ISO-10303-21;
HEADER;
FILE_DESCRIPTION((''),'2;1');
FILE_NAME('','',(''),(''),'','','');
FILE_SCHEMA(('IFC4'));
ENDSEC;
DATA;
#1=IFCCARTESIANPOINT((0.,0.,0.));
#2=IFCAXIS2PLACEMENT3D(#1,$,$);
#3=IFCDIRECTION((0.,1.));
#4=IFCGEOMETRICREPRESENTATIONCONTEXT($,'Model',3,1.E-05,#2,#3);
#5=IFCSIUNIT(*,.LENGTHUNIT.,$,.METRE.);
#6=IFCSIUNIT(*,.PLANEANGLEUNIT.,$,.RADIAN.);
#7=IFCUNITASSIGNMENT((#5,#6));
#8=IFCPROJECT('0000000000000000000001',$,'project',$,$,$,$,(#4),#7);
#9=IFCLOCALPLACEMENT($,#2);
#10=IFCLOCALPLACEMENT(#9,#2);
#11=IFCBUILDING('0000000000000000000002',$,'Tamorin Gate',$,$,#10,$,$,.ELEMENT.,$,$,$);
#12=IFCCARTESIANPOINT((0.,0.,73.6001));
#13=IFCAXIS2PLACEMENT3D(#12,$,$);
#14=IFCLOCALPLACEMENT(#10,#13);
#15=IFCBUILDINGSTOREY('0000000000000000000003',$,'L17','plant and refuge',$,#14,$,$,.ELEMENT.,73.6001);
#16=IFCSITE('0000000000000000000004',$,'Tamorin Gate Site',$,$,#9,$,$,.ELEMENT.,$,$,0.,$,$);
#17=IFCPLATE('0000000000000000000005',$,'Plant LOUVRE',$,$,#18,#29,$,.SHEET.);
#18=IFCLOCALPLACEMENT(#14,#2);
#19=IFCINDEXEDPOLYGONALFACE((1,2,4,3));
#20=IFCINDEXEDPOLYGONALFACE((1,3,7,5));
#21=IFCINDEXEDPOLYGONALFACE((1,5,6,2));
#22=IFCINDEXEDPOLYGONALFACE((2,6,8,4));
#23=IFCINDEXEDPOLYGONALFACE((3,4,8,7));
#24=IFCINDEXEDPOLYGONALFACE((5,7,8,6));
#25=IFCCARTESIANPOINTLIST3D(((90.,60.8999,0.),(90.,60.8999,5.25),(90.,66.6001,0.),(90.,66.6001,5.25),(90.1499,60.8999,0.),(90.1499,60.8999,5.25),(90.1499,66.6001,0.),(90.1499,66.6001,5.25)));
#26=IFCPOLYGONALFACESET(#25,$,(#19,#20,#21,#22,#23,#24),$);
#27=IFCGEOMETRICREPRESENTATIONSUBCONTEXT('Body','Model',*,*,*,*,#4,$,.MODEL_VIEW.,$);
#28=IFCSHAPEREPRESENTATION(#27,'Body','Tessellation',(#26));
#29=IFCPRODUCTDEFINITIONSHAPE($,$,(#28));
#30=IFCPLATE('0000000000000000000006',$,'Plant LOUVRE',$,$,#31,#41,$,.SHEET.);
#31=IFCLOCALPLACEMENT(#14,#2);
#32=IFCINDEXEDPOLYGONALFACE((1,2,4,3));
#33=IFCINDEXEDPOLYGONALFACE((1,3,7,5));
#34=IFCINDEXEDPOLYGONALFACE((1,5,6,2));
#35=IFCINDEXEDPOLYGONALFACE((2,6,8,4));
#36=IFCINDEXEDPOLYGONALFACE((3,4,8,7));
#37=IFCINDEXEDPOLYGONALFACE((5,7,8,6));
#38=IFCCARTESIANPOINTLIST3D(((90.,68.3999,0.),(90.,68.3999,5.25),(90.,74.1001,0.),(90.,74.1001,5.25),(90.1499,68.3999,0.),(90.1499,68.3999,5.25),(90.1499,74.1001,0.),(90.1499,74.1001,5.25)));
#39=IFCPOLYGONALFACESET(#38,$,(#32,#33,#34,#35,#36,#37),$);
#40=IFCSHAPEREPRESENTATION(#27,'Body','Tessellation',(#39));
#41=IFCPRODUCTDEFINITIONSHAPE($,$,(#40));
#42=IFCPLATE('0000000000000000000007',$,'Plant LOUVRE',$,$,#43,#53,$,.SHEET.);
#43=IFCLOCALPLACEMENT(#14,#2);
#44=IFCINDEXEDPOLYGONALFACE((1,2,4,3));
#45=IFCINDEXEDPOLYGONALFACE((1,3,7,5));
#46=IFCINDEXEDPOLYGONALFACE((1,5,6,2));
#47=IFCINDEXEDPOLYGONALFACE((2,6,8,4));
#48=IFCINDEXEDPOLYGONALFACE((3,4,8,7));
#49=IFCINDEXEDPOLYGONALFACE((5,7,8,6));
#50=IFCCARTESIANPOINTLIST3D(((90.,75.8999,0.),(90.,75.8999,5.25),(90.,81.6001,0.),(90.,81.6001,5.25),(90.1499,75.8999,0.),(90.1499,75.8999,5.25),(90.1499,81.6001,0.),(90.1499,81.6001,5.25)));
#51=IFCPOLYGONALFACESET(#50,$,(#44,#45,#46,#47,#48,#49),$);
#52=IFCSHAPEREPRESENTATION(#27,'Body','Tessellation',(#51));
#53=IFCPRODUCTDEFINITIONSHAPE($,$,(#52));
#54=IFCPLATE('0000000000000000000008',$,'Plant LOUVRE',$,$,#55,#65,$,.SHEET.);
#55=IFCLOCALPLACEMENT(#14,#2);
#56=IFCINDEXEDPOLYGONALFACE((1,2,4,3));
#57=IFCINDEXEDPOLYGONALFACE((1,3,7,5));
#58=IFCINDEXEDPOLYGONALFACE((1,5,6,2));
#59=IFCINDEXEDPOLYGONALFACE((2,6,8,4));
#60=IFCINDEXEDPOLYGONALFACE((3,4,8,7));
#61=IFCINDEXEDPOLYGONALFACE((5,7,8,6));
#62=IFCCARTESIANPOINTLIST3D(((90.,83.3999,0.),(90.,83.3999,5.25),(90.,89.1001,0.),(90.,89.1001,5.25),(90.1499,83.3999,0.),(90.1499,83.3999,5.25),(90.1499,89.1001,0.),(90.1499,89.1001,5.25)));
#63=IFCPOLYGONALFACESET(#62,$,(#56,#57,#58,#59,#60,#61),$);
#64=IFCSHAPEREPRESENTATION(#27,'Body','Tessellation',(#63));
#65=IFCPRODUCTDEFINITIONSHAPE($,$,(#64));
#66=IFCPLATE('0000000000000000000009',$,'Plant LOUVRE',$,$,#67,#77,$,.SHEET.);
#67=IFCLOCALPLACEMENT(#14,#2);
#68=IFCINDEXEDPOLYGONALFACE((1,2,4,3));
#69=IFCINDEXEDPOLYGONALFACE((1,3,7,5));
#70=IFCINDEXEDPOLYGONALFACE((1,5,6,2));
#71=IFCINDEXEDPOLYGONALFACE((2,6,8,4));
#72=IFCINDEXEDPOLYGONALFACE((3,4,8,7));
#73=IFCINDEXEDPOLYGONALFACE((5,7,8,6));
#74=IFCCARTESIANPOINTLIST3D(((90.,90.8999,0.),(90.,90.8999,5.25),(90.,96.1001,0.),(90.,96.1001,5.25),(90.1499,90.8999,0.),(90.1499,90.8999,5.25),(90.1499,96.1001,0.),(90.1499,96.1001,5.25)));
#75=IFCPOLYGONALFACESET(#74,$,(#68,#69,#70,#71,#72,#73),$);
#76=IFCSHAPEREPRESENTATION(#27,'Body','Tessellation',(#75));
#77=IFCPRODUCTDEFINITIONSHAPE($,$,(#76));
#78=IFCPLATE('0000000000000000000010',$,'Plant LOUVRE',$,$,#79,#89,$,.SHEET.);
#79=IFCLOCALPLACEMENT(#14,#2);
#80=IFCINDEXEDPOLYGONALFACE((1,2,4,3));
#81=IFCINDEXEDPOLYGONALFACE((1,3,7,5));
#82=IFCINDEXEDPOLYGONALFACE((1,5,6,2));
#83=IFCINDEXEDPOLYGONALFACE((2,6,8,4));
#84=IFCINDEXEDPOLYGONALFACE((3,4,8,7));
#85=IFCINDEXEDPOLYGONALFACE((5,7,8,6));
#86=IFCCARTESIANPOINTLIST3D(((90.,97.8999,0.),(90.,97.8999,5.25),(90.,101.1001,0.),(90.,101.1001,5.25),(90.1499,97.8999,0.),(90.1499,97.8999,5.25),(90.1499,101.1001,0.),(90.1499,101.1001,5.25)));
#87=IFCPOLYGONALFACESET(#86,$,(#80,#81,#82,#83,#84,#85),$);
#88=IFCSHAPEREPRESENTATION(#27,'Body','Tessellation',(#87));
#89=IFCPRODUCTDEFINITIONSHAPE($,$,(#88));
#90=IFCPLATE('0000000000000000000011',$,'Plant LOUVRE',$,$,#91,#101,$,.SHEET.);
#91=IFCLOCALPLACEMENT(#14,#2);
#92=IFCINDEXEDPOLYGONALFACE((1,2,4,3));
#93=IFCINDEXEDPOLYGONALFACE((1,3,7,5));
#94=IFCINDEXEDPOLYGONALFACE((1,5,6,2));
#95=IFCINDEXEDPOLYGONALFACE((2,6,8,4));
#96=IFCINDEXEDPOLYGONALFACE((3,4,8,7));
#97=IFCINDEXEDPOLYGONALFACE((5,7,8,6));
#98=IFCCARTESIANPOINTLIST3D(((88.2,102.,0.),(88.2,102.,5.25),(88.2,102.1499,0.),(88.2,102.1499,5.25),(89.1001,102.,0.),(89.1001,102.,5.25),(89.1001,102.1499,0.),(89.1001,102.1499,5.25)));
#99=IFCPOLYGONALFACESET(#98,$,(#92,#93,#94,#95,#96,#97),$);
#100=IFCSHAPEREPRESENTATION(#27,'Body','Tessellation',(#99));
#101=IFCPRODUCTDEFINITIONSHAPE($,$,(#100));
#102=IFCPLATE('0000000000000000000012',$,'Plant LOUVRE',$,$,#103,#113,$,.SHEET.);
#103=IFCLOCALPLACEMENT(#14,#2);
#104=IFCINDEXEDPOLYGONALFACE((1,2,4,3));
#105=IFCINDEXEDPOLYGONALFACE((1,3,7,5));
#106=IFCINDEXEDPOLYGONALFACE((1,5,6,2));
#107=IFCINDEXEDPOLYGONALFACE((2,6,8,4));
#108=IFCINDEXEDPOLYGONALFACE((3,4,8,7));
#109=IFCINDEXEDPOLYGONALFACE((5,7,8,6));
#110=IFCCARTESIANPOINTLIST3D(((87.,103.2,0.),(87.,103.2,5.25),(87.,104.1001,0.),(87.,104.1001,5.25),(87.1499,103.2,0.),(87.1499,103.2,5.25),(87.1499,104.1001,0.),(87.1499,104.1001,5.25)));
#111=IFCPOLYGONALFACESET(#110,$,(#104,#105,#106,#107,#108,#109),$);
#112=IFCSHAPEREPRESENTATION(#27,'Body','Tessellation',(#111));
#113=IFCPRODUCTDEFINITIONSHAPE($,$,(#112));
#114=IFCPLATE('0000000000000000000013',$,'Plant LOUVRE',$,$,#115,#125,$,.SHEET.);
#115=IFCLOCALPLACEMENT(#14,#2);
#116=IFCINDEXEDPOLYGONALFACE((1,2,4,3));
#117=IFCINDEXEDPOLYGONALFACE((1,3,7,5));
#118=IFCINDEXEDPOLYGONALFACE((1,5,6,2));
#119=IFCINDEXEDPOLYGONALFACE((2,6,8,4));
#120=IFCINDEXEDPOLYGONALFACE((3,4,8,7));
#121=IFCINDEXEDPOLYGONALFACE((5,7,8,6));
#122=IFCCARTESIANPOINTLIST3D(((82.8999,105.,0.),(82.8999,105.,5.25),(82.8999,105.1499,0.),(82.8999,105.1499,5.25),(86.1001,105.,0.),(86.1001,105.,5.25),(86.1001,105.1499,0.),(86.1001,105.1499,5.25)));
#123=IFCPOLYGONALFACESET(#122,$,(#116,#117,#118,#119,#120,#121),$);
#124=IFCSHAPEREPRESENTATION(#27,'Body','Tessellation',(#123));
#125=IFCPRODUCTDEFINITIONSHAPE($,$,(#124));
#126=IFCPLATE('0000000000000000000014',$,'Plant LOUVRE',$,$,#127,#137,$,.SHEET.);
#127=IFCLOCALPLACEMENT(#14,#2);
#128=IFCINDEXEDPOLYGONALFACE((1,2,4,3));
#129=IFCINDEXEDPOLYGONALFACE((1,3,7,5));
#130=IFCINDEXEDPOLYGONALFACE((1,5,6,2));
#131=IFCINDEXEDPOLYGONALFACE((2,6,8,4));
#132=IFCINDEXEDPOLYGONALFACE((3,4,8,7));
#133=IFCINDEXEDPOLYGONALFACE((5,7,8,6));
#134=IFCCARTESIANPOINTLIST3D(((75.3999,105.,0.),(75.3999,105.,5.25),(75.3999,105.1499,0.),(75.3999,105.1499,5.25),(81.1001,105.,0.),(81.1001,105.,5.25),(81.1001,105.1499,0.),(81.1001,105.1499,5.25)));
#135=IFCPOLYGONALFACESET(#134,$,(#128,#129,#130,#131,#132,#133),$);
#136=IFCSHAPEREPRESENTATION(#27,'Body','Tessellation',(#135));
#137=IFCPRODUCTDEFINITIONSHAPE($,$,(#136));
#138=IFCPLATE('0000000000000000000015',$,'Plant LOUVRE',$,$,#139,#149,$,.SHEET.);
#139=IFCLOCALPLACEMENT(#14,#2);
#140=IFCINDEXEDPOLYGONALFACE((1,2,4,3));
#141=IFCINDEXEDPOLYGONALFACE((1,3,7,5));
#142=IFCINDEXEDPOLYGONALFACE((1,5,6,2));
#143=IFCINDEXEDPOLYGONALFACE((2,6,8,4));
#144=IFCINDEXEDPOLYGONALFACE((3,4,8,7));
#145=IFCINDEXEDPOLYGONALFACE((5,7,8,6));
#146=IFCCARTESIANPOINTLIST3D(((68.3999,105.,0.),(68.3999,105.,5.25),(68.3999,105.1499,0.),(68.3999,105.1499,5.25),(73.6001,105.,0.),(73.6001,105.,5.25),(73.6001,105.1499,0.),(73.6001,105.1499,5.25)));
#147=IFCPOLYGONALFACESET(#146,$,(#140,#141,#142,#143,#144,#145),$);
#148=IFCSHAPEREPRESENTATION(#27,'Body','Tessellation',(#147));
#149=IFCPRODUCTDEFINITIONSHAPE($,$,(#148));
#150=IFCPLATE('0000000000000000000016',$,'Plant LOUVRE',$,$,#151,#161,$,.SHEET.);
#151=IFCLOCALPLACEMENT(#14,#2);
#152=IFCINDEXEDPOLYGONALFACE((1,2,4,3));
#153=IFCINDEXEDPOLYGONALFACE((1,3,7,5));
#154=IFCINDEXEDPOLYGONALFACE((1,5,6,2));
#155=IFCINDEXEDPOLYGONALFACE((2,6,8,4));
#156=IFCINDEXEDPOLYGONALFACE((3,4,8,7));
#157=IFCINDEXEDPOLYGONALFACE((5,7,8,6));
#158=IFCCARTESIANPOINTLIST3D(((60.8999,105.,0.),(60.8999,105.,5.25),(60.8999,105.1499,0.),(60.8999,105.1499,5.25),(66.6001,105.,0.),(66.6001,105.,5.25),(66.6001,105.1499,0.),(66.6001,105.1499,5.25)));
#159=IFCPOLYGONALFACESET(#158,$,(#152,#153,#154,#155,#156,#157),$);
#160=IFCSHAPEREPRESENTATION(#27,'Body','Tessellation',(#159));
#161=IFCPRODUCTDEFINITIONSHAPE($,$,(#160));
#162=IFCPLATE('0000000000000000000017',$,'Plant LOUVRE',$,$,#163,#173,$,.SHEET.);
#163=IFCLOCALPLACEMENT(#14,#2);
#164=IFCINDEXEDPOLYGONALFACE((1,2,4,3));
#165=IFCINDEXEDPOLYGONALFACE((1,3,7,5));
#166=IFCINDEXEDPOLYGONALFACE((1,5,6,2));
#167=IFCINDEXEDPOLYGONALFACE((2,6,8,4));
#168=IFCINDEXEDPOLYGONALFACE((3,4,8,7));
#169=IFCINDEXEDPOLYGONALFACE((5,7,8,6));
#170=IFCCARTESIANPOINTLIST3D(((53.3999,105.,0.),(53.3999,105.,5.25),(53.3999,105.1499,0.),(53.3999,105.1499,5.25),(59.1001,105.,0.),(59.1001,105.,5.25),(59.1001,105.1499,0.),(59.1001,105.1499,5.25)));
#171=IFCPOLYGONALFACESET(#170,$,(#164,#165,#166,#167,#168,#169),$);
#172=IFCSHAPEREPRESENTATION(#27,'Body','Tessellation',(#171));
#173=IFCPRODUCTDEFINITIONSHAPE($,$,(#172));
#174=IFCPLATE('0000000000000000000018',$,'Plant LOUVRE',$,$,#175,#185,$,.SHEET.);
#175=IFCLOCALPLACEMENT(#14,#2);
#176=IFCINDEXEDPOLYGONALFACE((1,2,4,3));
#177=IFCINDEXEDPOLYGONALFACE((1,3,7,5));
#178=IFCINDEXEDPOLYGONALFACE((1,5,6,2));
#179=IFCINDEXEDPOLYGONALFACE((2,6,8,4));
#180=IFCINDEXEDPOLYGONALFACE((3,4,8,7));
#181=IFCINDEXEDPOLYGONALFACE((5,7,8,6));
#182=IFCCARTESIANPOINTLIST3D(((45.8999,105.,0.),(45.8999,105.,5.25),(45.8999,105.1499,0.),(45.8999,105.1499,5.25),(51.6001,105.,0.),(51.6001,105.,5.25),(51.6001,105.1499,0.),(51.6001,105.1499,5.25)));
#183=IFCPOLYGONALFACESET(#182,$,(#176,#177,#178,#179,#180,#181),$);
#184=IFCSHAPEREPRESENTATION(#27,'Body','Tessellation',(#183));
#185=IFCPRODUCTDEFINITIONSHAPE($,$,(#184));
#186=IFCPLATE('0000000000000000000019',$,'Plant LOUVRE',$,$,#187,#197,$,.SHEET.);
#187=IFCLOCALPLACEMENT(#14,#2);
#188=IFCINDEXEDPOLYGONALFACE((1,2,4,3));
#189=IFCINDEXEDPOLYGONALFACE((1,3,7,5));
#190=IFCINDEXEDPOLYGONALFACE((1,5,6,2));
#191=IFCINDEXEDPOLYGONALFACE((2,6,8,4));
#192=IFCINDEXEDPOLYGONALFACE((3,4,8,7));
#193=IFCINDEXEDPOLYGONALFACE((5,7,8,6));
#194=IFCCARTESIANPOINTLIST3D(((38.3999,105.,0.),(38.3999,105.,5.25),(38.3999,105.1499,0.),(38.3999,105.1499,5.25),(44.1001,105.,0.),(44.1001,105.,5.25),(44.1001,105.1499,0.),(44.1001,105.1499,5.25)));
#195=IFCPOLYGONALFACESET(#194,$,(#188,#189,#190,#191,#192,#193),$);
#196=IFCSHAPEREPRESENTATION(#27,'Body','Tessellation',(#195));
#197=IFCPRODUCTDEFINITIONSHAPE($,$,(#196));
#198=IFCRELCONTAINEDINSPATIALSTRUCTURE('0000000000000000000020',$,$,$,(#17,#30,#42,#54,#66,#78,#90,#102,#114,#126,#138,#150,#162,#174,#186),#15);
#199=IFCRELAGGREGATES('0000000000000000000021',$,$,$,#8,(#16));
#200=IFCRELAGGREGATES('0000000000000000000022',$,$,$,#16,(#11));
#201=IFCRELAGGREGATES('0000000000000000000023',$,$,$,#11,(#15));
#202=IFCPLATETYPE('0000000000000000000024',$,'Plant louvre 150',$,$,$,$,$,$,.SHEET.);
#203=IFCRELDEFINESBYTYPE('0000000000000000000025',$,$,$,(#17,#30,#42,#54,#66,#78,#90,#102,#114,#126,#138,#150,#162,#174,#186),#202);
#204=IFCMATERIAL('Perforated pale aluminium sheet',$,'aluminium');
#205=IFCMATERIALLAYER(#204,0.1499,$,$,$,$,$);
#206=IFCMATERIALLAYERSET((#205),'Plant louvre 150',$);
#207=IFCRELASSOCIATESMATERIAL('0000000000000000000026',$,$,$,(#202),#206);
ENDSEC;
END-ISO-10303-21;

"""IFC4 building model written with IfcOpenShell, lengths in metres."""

from ifc_helpers import new_model, si_unit, direction, frame, origin, place, context, subcontext, project, spatial, polyline, outline, extrude, material, layer, layer_set, type_object, element, save


model = new_model("IFC4")

# Units and contexts
model_context = context("Model", 3, precision=1e-05, world=origin(), true_north=direction((0.0, 1.0)))
body_context = subcontext(model_context, "Body", "Model", "MODEL_VIEW")
ifc_project = project(units=[si_unit("LENGTHUNIT", "METRE"), si_unit("PLANEANGLEUNIT", "RADIAN")], contexts=[model_context])

# Site, building, storey
site_placement = place(None, origin())
site = spatial("IfcSite", under=ifc_project, at=site_placement, Name="Tamorin Gate Site", CompositionType="ELEMENT", RefElevation=0.0)
building_placement = place(site_placement, origin())
building = spatial("IfcBuilding", under=site, at=building_placement, Name="Tamorin Gate", CompositionType="ELEMENT")
storey_placement = place(building_placement, frame((0.0, 0.0, 73.6001)))
storey = spatial("IfcBuildingStorey", under=building, at=storey_placement, Name="L17", Description="plant and refuge", CompositionType="ELEMENT", Elevation=73.6001)

# Plates
ifc_material_1 = material(Name="Perforated pale aluminium sheet", Category="aluminium")
ifc_layer_1 = layer(ifc_material_1, 0.1499)
ifc_layer_set_1 = layer_set([ifc_layer_1], Name="Plant louvre 150")
plate_type = type_object("IfcPlateType", Name="Plant louvre 150", PredefinedType="SHEET", material=ifc_layer_set_1)
plate_1_placement = place(storey_placement, origin())
element("IfcPlate", 1, at=plate_1_placement, inside=storey, type_object=plate_type, Name="Plant LOUVRE", PredefinedType="SHEET", context=body_context, shape_type="SweptSolid", body=[
    extrude(outline(polyline([(90.1499, 60.8999), (90.0, 60.8999), (90.0, 66.6001), (90.1499, 66.6001), (90.1499, 60.8999)])), origin(), (0.0, 0.0, 1.0), 5.25),
])
plate_2_placement = place(storey_placement, origin())
element("IfcPlate", 2, at=plate_2_placement, inside=storey, type_object=plate_type, Name="Plant LOUVRE", PredefinedType="SHEET", context=body_context, shape_type="SweptSolid", body=[
    extrude(outline(polyline([(90.1499, 68.3999), (90.0, 68.3999), (90.0, 74.1001), (90.1499, 74.1001), (90.1499, 68.3999)])), origin(), (0.0, 0.0, 1.0), 5.25),
])
plate_3_placement = place(storey_placement, origin())
element("IfcPlate", 3, at=plate_3_placement, inside=storey, type_object=plate_type, Name="Plant LOUVRE", PredefinedType="SHEET", context=body_context, shape_type="SweptSolid", body=[
    extrude(outline(polyline([(90.1499, 75.8999), (90.0, 75.8999), (90.0, 81.6001), (90.1499, 81.6001), (90.1499, 75.8999)])), origin(), (0.0, 0.0, 1.0), 5.25),
])
plate_4_placement = place(storey_placement, origin())
element("IfcPlate", 4, at=plate_4_placement, inside=storey, type_object=plate_type, Name="Plant LOUVRE", PredefinedType="SHEET", context=body_context, shape_type="SweptSolid", body=[
    extrude(outline(polyline([(90.1499, 83.3999), (90.0, 83.3999), (90.0, 89.1001), (90.1499, 89.1001), (90.1499, 83.3999)])), origin(), (0.0, 0.0, 1.0), 5.25),
])
plate_5_placement = place(storey_placement, origin())
element("IfcPlate", 5, at=plate_5_placement, inside=storey, type_object=plate_type, Name="Plant LOUVRE", PredefinedType="SHEET", context=body_context, shape_type="SweptSolid", body=[
    extrude(outline(polyline([(90.1499, 90.8999), (90.0, 90.8999), (90.0, 96.1001), (90.1499, 96.1001), (90.1499, 90.8999)])), origin(), (0.0, 0.0, 1.0), 5.25),
])
plate_6_placement = place(storey_placement, origin())
element("IfcPlate", 6, at=plate_6_placement, inside=storey, type_object=plate_type, Name="Plant LOUVRE", PredefinedType="SHEET", context=body_context, shape_type="SweptSolid", body=[
    extrude(outline(polyline([(90.0, 101.1001), (90.1499, 101.1001), (90.1499, 97.8999), (90.0, 97.8999), (90.0, 101.1001)])), origin(), (0.0, 0.0, 1.0), 5.25),
])
plate_7_placement = place(storey_placement, origin())
element("IfcPlate", 7, at=plate_7_placement, inside=storey, type_object=plate_type, Name="Plant LOUVRE", PredefinedType="SHEET", context=body_context, shape_type="SweptSolid", body=[
    extrude(outline(polyline([(88.2, 102.0), (88.2, 102.1499), (89.1001, 102.1499), (89.1001, 102.0), (88.2, 102.0)])), origin(), (0.0, 0.0, 1.0), 5.25),
])
plate_8_placement = place(storey_placement, origin())
element("IfcPlate", 8, at=plate_8_placement, inside=storey, type_object=plate_type, Name="Plant LOUVRE", PredefinedType="SHEET", context=body_context, shape_type="SweptSolid", body=[
    extrude(outline(polyline([(87.1499, 103.2), (87.0, 103.2), (87.0, 104.1001), (87.1499, 104.1001), (87.1499, 103.2)])), origin(), (0.0, 0.0, 1.0), 5.25),
])
plate_9_placement = place(storey_placement, origin())
element("IfcPlate", 9, at=plate_9_placement, inside=storey, type_object=plate_type, Name="Plant LOUVRE", PredefinedType="SHEET", context=body_context, shape_type="SweptSolid", body=[
    extrude(outline(polyline([(86.1001, 105.1499), (86.1001, 105.0), (82.8999, 105.0), (82.8999, 105.1499), (86.1001, 105.1499)])), origin(), (0.0, 0.0, 1.0), 5.25),
])
plate_10_placement = place(storey_placement, origin())
element("IfcPlate", 10, at=plate_10_placement, inside=storey, type_object=plate_type, Name="Plant LOUVRE", PredefinedType="SHEET", context=body_context, shape_type="SweptSolid", body=[
    extrude(outline(polyline([(75.3999, 105.0), (75.3999, 105.1499), (81.1001, 105.1499), (81.1001, 105.0), (75.3999, 105.0)])), origin(), (0.0, 0.0, 1.0), 5.25),
])
plate_11_placement = place(storey_placement, origin())
element("IfcPlate", 11, at=plate_11_placement, inside=storey, type_object=plate_type, Name="Plant LOUVRE", PredefinedType="SHEET", context=body_context, shape_type="SweptSolid", body=[
    extrude(outline(polyline([(68.3999, 105.0), (68.3999, 105.1499), (73.6001, 105.1499), (73.6001, 105.0), (68.3999, 105.0)])), origin(), (0.0, 0.0, 1.0), 5.25),
])
plate_12_placement = place(storey_placement, origin())
element("IfcPlate", 12, at=plate_12_placement, inside=storey, type_object=plate_type, Name="Plant LOUVRE", PredefinedType="SHEET", context=body_context, shape_type="SweptSolid", body=[
    extrude(outline(polyline([(60.8999, 105.0), (60.8999, 105.1499), (66.6001, 105.1499), (66.6001, 105.0), (60.8999, 105.0)])), origin(), (0.0, 0.0, 1.0), 5.25),
])
plate_13_placement = place(storey_placement, origin())
element("IfcPlate", 13, at=plate_13_placement, inside=storey, type_object=plate_type, Name="Plant LOUVRE", PredefinedType="SHEET", context=body_context, shape_type="SweptSolid", body=[
    extrude(outline(polyline([(53.3999, 105.0), (53.3999, 105.1499), (59.1001, 105.1499), (59.1001, 105.0), (53.3999, 105.0)])), origin(), (0.0, 0.0, 1.0), 5.25),
])
plate_14_placement = place(storey_placement, origin())
element("IfcPlate", 14, at=plate_14_placement, inside=storey, type_object=plate_type, Name="Plant LOUVRE", PredefinedType="SHEET", context=body_context, shape_type="SweptSolid", body=[
    extrude(outline(polyline([(45.8999, 105.0), (45.8999, 105.1499), (51.6001, 105.1499), (51.6001, 105.0), (45.8999, 105.0)])), origin(), (0.0, 0.0, 1.0), 5.25),
])
plate_15_placement = place(storey_placement, origin())
element("IfcPlate", 15, at=plate_15_placement, inside=storey, type_object=plate_type, Name="Plant LOUVRE", PredefinedType="SHEET", context=body_context, shape_type="SweptSolid", body=[
    extrude(outline(polyline([(38.3999, 105.0), (38.3999, 105.1499), (44.1001, 105.1499), (44.1001, 105.0), (38.3999, 105.0)])), origin(), (0.0, 0.0, 1.0), 5.25),
])

save(model, "model.ifc")
